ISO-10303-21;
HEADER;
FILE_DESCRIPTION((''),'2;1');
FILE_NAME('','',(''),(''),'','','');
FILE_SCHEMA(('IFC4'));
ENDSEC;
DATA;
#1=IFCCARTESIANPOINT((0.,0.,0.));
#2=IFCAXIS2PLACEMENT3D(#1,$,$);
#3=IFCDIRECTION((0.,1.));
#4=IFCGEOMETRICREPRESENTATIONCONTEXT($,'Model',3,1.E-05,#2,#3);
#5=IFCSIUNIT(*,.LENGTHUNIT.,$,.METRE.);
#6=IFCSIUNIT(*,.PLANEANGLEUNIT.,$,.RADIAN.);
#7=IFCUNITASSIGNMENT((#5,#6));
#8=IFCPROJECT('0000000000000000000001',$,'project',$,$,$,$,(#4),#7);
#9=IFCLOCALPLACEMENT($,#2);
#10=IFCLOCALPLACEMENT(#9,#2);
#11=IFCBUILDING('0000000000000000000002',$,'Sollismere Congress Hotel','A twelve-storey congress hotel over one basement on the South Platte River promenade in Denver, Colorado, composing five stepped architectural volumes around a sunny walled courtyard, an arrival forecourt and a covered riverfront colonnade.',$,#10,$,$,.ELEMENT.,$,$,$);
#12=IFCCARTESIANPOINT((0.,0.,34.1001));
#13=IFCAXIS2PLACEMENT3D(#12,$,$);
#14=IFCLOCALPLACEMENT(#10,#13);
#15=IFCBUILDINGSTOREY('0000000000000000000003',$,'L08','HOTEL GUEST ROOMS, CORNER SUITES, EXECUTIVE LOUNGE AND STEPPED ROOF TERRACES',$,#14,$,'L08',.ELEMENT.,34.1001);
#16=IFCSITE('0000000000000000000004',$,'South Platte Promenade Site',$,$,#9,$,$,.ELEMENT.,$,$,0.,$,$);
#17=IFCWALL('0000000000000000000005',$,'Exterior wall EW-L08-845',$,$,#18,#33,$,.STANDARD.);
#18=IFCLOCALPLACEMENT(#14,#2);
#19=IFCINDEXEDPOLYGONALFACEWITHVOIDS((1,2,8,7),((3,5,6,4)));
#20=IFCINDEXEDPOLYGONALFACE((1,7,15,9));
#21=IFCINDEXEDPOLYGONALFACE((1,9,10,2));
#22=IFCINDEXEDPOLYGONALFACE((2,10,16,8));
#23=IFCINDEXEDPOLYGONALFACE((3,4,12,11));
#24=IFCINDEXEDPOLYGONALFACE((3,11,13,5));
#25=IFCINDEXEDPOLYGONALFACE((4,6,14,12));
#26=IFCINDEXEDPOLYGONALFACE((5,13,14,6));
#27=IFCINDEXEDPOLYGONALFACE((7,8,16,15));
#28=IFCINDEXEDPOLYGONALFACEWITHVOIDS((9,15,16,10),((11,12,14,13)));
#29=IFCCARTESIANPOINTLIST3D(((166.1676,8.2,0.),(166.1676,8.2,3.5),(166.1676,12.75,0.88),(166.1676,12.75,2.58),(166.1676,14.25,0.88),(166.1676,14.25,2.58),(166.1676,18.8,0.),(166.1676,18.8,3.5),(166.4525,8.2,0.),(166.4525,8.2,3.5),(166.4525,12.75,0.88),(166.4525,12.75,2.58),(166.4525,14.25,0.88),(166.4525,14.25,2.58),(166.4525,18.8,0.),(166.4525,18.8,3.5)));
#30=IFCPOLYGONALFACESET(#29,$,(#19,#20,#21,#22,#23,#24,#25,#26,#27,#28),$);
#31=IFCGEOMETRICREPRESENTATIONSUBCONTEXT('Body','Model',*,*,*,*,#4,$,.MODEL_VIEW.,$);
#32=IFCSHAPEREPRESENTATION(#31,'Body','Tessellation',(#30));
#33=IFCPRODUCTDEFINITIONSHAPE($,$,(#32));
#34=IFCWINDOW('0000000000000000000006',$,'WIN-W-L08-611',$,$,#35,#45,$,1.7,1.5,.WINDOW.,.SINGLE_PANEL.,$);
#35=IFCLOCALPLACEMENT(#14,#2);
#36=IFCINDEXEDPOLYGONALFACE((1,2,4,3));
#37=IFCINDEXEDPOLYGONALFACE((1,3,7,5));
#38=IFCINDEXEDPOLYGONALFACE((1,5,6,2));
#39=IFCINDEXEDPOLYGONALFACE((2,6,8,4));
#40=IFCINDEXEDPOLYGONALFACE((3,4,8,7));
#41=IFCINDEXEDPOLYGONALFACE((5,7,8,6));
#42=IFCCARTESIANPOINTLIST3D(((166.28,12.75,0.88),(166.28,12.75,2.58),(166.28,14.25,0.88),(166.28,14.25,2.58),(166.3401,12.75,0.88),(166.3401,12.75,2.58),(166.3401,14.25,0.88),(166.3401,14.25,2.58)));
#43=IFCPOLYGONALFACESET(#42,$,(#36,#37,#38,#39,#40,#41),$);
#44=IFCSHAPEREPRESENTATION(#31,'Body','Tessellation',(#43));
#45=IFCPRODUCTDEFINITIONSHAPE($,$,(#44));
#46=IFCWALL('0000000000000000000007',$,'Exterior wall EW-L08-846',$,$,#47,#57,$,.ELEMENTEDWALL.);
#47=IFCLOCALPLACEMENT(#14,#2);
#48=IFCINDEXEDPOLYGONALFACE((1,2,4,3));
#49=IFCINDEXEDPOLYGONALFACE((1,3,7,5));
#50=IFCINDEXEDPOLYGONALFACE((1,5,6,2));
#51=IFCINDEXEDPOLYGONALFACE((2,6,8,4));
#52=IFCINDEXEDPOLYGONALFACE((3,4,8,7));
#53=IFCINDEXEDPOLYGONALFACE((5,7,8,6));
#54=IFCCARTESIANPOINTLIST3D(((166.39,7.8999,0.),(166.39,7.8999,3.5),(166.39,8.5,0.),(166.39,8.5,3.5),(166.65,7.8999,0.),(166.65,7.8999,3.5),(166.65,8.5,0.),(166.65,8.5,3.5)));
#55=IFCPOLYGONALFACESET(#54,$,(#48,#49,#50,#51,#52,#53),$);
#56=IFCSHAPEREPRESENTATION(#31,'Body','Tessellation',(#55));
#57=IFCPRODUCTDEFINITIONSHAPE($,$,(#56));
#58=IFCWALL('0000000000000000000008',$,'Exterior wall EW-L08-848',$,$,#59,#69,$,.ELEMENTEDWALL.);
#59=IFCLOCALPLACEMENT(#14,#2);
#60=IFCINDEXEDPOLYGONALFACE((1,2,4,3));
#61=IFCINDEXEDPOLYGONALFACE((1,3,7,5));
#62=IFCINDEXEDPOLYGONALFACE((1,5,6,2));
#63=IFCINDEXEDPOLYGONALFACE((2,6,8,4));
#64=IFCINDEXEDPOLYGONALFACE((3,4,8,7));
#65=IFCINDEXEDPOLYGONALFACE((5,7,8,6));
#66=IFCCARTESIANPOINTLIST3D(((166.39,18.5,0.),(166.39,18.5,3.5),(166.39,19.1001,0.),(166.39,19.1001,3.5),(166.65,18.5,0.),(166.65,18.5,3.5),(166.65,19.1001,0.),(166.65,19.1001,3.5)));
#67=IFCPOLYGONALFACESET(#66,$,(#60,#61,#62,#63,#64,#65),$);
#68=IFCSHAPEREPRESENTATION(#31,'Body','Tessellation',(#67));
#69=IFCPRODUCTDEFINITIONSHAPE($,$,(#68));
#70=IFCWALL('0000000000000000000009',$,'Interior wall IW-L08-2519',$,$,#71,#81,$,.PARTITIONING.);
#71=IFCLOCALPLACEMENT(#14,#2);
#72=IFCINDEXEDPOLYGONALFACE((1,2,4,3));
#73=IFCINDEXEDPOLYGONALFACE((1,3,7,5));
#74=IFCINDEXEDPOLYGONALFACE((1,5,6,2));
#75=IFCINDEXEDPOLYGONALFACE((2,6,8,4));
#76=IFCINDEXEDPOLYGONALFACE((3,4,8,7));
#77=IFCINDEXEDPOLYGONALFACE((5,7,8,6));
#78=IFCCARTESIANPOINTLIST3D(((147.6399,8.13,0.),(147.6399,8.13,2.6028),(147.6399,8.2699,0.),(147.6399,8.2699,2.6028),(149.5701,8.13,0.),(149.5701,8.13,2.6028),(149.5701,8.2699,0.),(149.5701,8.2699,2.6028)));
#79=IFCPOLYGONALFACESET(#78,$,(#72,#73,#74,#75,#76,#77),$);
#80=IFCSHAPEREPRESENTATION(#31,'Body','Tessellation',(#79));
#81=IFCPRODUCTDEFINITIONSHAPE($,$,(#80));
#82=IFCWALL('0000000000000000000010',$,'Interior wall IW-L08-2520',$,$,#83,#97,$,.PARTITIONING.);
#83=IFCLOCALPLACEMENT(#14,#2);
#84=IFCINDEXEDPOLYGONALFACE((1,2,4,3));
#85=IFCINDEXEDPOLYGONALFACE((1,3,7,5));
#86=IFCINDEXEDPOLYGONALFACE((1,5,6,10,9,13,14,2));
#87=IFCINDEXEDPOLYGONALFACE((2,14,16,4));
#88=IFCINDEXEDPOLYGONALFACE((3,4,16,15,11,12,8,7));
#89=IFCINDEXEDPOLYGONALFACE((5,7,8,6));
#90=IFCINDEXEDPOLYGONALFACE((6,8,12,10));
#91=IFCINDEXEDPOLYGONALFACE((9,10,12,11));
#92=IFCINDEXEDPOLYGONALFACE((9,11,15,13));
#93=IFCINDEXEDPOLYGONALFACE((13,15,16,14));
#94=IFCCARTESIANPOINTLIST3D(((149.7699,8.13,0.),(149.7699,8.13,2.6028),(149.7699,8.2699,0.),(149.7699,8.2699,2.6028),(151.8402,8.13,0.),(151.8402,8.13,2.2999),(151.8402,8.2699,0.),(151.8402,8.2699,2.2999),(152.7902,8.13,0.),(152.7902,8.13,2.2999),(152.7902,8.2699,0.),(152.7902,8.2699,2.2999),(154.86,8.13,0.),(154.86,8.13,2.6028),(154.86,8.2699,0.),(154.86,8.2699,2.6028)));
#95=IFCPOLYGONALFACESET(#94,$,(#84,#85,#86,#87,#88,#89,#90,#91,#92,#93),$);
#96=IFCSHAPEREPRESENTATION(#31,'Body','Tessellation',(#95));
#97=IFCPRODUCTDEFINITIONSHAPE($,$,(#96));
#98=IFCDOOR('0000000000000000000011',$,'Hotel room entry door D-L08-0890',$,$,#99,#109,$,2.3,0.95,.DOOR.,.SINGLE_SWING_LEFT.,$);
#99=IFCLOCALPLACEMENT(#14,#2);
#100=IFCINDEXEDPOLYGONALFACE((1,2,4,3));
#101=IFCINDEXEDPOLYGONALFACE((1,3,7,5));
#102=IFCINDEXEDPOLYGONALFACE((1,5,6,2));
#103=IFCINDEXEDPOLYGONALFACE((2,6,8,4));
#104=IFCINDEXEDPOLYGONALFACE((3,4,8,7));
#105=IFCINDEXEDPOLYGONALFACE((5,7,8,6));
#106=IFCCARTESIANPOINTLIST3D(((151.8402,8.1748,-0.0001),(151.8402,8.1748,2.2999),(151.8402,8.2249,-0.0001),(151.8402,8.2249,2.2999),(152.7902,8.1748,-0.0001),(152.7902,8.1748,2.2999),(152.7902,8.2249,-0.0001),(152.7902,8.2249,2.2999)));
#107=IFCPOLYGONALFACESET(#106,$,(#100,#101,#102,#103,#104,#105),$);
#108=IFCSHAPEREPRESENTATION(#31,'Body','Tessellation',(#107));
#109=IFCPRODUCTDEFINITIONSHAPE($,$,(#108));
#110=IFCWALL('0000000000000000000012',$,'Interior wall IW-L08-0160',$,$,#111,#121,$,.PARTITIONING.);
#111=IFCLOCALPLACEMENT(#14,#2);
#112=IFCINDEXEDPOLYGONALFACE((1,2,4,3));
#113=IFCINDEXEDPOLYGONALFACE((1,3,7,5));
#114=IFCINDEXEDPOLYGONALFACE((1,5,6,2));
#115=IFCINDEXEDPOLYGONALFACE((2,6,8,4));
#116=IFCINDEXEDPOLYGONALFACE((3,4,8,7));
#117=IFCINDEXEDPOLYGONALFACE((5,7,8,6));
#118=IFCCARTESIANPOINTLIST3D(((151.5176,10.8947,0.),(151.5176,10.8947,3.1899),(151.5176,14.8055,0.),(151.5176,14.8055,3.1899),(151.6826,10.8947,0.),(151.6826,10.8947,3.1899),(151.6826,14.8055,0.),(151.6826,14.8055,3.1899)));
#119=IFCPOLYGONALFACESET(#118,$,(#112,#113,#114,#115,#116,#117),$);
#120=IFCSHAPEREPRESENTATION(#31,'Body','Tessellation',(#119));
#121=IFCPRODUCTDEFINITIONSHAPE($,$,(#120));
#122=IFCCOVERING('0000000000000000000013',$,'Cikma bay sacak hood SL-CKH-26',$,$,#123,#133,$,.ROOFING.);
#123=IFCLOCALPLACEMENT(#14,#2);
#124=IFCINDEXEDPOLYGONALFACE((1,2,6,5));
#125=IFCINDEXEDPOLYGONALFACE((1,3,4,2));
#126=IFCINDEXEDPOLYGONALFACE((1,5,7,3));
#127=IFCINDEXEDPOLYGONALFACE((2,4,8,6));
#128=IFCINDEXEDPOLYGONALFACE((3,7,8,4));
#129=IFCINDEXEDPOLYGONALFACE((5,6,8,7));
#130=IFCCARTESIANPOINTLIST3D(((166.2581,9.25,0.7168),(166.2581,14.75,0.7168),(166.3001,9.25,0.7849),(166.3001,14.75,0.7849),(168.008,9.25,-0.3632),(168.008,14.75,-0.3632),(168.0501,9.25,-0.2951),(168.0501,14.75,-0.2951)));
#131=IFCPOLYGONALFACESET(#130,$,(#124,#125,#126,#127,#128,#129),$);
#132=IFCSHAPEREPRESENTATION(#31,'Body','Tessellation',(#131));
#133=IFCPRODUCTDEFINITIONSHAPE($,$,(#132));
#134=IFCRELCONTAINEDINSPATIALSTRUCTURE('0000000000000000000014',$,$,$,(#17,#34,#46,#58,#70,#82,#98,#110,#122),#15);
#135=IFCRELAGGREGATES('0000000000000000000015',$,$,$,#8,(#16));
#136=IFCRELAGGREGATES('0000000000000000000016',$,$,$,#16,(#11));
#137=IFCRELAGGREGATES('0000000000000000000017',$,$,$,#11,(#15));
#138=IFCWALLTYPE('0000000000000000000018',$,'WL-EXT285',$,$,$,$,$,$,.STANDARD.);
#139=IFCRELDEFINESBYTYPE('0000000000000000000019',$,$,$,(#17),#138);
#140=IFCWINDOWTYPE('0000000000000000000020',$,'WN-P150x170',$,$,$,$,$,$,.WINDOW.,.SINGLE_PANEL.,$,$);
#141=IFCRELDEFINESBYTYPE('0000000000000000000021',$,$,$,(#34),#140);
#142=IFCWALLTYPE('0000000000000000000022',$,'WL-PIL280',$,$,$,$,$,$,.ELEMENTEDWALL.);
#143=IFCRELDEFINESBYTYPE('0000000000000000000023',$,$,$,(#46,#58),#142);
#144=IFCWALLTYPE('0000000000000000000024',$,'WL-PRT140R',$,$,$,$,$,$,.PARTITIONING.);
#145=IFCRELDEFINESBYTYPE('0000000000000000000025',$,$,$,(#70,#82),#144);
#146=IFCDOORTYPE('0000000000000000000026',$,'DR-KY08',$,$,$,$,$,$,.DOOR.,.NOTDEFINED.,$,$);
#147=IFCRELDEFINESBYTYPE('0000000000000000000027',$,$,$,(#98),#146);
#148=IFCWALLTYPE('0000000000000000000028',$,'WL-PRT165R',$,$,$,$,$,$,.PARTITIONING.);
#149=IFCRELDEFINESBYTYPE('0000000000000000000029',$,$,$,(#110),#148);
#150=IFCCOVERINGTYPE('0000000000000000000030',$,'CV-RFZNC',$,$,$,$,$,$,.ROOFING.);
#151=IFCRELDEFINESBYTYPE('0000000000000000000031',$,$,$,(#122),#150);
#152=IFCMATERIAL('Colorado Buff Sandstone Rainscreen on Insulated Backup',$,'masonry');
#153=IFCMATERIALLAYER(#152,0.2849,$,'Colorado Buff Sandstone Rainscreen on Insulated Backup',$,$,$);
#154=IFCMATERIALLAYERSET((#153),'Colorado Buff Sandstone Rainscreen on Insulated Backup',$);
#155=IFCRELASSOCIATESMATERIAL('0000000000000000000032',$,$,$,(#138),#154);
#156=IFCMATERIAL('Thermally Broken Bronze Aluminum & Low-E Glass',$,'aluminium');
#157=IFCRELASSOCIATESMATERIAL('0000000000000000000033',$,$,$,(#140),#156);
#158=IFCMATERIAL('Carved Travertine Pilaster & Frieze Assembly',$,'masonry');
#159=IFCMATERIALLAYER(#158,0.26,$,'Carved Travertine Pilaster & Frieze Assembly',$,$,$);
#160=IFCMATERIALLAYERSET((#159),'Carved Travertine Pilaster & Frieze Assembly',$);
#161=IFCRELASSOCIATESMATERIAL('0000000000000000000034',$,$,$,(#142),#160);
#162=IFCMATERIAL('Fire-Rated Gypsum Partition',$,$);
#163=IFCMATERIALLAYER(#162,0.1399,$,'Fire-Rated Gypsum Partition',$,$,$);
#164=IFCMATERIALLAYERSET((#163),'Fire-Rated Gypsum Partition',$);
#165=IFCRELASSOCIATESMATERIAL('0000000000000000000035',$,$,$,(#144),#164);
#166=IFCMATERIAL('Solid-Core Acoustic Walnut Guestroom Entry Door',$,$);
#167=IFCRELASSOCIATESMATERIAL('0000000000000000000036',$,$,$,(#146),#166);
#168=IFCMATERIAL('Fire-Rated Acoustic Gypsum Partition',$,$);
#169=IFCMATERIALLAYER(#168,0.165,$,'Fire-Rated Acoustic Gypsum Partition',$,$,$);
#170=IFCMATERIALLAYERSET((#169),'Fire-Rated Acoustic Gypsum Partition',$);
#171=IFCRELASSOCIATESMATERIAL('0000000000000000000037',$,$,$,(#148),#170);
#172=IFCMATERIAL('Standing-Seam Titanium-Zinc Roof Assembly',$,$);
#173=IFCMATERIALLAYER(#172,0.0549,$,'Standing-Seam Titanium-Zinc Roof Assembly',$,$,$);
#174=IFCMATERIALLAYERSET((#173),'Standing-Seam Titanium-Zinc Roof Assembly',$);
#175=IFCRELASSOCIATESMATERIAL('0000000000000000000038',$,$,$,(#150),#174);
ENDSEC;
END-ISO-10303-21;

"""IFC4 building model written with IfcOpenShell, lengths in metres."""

from ifc_helpers import new_model, si_unit, direction, frame, frame_2d, origin, place, context, subcontext, project, spatial, polyline, rectangle, outline, extrude, material, layer, layer_set, type_object, element, fill, save


model = new_model("IFC4")

# Units and contexts
model_context = context("Model", 3, precision=1e-05, world=origin(), true_north=direction((0.0, 1.0)))
body_context = subcontext(model_context, "Body", "Model", "MODEL_VIEW")
ifc_project = project(units=[si_unit("LENGTHUNIT", "METRE"), si_unit("PLANEANGLEUNIT", "RADIAN")], contexts=[model_context])

# Site, building, storey
site_placement = place(None, origin())
site = spatial("IfcSite", under=ifc_project, at=site_placement, Name="South Platte Promenade Site", CompositionType="ELEMENT", RefElevation=0.0)
building_placement = place(site_placement, origin())
building = spatial("IfcBuilding", under=site, at=building_placement, Name="Sollismere Congress Hotel", Description="A twelve-storey congress hotel over one basement on the South Platte River promenade in Denver, Colorado, composing five stepped architectural volumes around a sunny walled courtyard, an arrival forecourt and a covered riverfront colonnade.", CompositionType="ELEMENT")
storey_placement = place(building_placement, frame((0.0, 0.0, 34.1001)))
storey = spatial("IfcBuildingStorey", under=building, at=storey_placement, Name="L08", Description="HOTEL GUEST ROOMS, CORNER SUITES, EXECUTIVE LOUNGE AND STEPPED ROOF TERRACES", LongName="L08", CompositionType="ELEMENT", Elevation=34.1001)

# Wall, opening, window
ifc_material_1 = material(Name="Colorado Buff Sandstone Rainscreen on Insulated Backup", Category="masonry")
ifc_layer_1 = layer(ifc_material_1, 0.2849, Name="Colorado Buff Sandstone Rainscreen on Insulated Backup")
ifc_layer_set_1 = layer_set([ifc_layer_1], Name="Colorado Buff Sandstone Rainscreen on Insulated Backup")
wall_type_1 = type_object("IfcWallType", Name="WL-EXT285", PredefinedType="STANDARD", material=ifc_layer_set_1)
wall_1_placement = place(storey_placement, frame((166.3101, 8.2, 0.0), z_axis=(0.0, 0.0, 1.0), x_axis=(0.0, 1.0, 0.0)))
wall_1 = element("IfcWall", 1, at=wall_1_placement, inside=storey, type_object=wall_type_1, Name="Exterior wall EW-L08-845", PredefinedType="STANDARD", context=body_context, shape_type="SweptSolid", body=[
    extrude(rectangle(XDim=10.6001, YDim=0.2849, at=frame_2d((5.3, 0.0))), origin(), (0.0, 0.0, 1.0), 3.5),
])
opening_1_placement = place(wall_1_placement, frame((4.55, 0.0, 0.8799)))
opening_1 = element("IfcOpeningElement", 2, at=opening_1_placement, cuts=wall_1, PredefinedType="OPENING", context=body_context, shape_type="SweptSolid", body=[
    extrude(rectangle(XDim=1.5, YDim=1.7, at=frame_2d((0.75, 0.8501))), frame((0.0, 0.1523, 0.0), z_axis=(0.0, -1.0, 0.0), x_axis=(1.0, 0.0, 0.0)), (0.0, 0.0, 1.0), 0.3049),
])
ifc_material_2 = material(Name="Thermally Broken Bronze Aluminum & Low-E Glass", Category="aluminium")
window_type = type_object("IfcWindowType", Name="WN-P150x170", PartitioningType="SINGLE_PANEL", PredefinedType="WINDOW", material=ifc_material_2)
window_placement = place(opening_1_placement, origin())
window = element("IfcWindow", 3, at=window_placement, inside=storey, type_object=window_type, Name="WIN-W-L08-611", OverallHeight=1.7, OverallWidth=1.5, PartitioningType="SINGLE_PANEL", PredefinedType="WINDOW", context=body_context, shape_type="SweptSolid", body=[
    extrude(rectangle(XDim=1.5, YDim=1.7, at=frame_2d((0.75, 0.8501))), frame((0.0, 0.03, 0.0), z_axis=(0.0, -1.0, 0.0), x_axis=(1.0, 0.0, 0.0)), (0.0, 0.0, 1.0), 0.0601),
])
fill(opening_1, window)

# Walls
ifc_material_3 = material(Name="Carved Travertine Pilaster & Frieze Assembly", Category="masonry")
ifc_layer_2 = layer(ifc_material_3, 0.26, Name="Carved Travertine Pilaster & Frieze Assembly")
ifc_layer_set_2 = layer_set([ifc_layer_2], Name="Carved Travertine Pilaster & Frieze Assembly")
wall_type_2 = type_object("IfcWallType", Name="WL-PIL280", PredefinedType="ELEMENTEDWALL", material=ifc_layer_set_2)
for number, where, z_axis, x_axis, name in (
    (4, (166.52, 7.8999, 0.0), (0.0, 0.0, 1.0), (0.0, 1.0, 0.0), "Exterior wall EW-L08-846"),
    (5, (166.52, 18.5, 0.0), (0.0, 0.0, 1.0), (0.0, 1.0, 0.0), "Exterior wall EW-L08-848"),
):
    element("IfcWall", number, at=place(storey_placement, frame(where, z_axis=z_axis, x_axis=x_axis)), inside=storey, type_object=wall_type_2, Name=name, PredefinedType="ELEMENTEDWALL", context=body_context, shape_type="SweptSolid", body=[
        extrude(rectangle(XDim=0.6001, YDim=0.26, at=frame_2d((0.3, 0.0))), origin(), (0.0, 0.0, 1.0), 3.5),
    ])
ifc_material_4 = material(Name="Fire-Rated Gypsum Partition")
ifc_layer_3 = layer(ifc_material_4, 0.1399, Name="Fire-Rated Gypsum Partition")
ifc_layer_set_3 = layer_set([ifc_layer_3], Name="Fire-Rated Gypsum Partition")
wall_type_3 = type_object("IfcWallType", Name="WL-PRT140R", PredefinedType="PARTITIONING", material=ifc_layer_set_3)
wall_2_placement = place(storey_placement, frame((147.6399, 8.2, 0.0), z_axis=(0.0, 0.0, 1.0), x_axis=(1.0, 0.0, 0.0)))
element("IfcWall", 6, at=wall_2_placement, inside=storey, type_object=wall_type_3, Name="Interior wall IW-L08-2519", PredefinedType="PARTITIONING", context=body_context, shape_type="SweptSolid", body=[
    extrude(rectangle(XDim=1.9302, YDim=0.1399, at=frame_2d((0.9651, 0.0))), origin(), (0.0, 0.0, 1.0), 2.6028),
])

# Wall, opening, door
wall_3_placement = place(storey_placement, frame((149.77, 8.2, 0.0), z_axis=(0.0, 0.0, 1.0), x_axis=(1.0, 0.0, 0.0)))
wall_3 = element("IfcWall", 7, at=wall_3_placement, inside=storey, type_object=wall_type_3, Name="Interior wall IW-L08-2520", PredefinedType="PARTITIONING", context=body_context, shape_type="SweptSolid", body=[
    extrude(rectangle(XDim=5.0901, YDim=0.1399, at=frame_2d((2.5449, 0.0))), origin(), (0.0, 0.0, 1.0), 2.6028),
])
opening_2_placement = place(wall_3_placement, frame((2.0701, 0.0, 0.0)))
opening_2 = element("IfcOpeningElement", 8, at=opening_2_placement, cuts=wall_3, PredefinedType="OPENING", context=body_context, shape_type="SweptSolid", body=[
    extrude(rectangle(XDim=0.95, YDim=2.3, at=frame_2d((0.4751, 1.1499))), frame((0.0, 0.0798, 0.0), z_axis=(0.0, -1.0, 0.0), x_axis=(1.0, 0.0, 0.0)), (0.0, 0.0, 1.0), 0.1599),
])
ifc_material_5 = material(Name="Solid-Core Acoustic Walnut Guestroom Entry Door")
door_type = type_object("IfcDoorType", Name="DR-KY08", OperationType="NOTDEFINED", PredefinedType="DOOR", material=ifc_material_5)
door_placement = place(opening_2_placement, origin())
door = element("IfcDoor", 9, at=door_placement, inside=storey, type_object=door_type, Name="Hotel room entry door D-L08-0890", OperationType="SINGLE_SWING_LEFT", OverallHeight=2.3, OverallWidth=0.95, PredefinedType="DOOR", context=body_context, shape_type="SweptSolid", body=[
    extrude(rectangle(XDim=0.95, YDim=2.3, at=frame_2d((0.4751, 1.1499))), frame((0.0, 0.0249, 0.0), z_axis=(0.0, -1.0, 0.0), x_axis=(1.0, 0.0, 0.0)), (0.0, 0.0, 1.0), 0.05),
])
fill(opening_2, door)

# Wall
ifc_material_6 = material(Name="Fire-Rated Acoustic Gypsum Partition")
ifc_layer_4 = layer(ifc_material_6, 0.165, Name="Fire-Rated Acoustic Gypsum Partition")
ifc_layer_set_4 = layer_set([ifc_layer_4], Name="Fire-Rated Acoustic Gypsum Partition")
wall_type_4 = type_object("IfcWallType", Name="WL-PRT165R", PredefinedType="PARTITIONING", material=ifc_layer_set_4)
wall_4_placement = place(storey_placement, frame((151.6001, 10.8945, 0.0), z_axis=(0.0, 0.0, 1.0), x_axis=(0.0, 1.0, 0.0)))
element("IfcWall", 10, at=wall_4_placement, inside=storey, type_object=wall_type_4, Name="Interior wall IW-L08-0160", PredefinedType="PARTITIONING", context=body_context, shape_type="SweptSolid", body=[
    extrude(rectangle(XDim=3.9109, YDim=0.165, at=frame_2d((1.9556, 0.0))), origin(), (0.0, 0.0, 1.0), 3.1899),
])

# Covering
ifc_material_7 = material(Name="Standing-Seam Titanium-Zinc Roof Assembly")
ifc_layer_5 = layer(ifc_material_7, 0.0549, Name="Standing-Seam Titanium-Zinc Roof Assembly")
ifc_layer_set_5 = layer_set([ifc_layer_5], Name="Standing-Seam Titanium-Zinc Roof Assembly")
covering_type = type_object("IfcCoveringType", Name="CV-RFZNC", PredefinedType="ROOFING", material=ifc_layer_set_5)
covering_placement = place(storey_placement, frame((166.2581, 9.25, 0.7168), z_axis=(0.52521, 0.0, 0.850973), x_axis=(0.850973, 0.0, -0.52521)))
element("IfcCovering", 11, at=covering_placement, inside=storey, type_object=covering_type, Name="Cikma bay sacak hood SL-CKH-26", PredefinedType="ROOFING", context=body_context, shape_type="SweptSolid", body=[
    extrude(outline(polyline([(0.0, 0.0), (2.0564, 0.0), (2.0564, 5.5), (0.0, 5.5), (0.0, 0.0)])), origin(), (0.0, 0.0, 1.0), 0.0801),
])

save(model, "model.ifc")
